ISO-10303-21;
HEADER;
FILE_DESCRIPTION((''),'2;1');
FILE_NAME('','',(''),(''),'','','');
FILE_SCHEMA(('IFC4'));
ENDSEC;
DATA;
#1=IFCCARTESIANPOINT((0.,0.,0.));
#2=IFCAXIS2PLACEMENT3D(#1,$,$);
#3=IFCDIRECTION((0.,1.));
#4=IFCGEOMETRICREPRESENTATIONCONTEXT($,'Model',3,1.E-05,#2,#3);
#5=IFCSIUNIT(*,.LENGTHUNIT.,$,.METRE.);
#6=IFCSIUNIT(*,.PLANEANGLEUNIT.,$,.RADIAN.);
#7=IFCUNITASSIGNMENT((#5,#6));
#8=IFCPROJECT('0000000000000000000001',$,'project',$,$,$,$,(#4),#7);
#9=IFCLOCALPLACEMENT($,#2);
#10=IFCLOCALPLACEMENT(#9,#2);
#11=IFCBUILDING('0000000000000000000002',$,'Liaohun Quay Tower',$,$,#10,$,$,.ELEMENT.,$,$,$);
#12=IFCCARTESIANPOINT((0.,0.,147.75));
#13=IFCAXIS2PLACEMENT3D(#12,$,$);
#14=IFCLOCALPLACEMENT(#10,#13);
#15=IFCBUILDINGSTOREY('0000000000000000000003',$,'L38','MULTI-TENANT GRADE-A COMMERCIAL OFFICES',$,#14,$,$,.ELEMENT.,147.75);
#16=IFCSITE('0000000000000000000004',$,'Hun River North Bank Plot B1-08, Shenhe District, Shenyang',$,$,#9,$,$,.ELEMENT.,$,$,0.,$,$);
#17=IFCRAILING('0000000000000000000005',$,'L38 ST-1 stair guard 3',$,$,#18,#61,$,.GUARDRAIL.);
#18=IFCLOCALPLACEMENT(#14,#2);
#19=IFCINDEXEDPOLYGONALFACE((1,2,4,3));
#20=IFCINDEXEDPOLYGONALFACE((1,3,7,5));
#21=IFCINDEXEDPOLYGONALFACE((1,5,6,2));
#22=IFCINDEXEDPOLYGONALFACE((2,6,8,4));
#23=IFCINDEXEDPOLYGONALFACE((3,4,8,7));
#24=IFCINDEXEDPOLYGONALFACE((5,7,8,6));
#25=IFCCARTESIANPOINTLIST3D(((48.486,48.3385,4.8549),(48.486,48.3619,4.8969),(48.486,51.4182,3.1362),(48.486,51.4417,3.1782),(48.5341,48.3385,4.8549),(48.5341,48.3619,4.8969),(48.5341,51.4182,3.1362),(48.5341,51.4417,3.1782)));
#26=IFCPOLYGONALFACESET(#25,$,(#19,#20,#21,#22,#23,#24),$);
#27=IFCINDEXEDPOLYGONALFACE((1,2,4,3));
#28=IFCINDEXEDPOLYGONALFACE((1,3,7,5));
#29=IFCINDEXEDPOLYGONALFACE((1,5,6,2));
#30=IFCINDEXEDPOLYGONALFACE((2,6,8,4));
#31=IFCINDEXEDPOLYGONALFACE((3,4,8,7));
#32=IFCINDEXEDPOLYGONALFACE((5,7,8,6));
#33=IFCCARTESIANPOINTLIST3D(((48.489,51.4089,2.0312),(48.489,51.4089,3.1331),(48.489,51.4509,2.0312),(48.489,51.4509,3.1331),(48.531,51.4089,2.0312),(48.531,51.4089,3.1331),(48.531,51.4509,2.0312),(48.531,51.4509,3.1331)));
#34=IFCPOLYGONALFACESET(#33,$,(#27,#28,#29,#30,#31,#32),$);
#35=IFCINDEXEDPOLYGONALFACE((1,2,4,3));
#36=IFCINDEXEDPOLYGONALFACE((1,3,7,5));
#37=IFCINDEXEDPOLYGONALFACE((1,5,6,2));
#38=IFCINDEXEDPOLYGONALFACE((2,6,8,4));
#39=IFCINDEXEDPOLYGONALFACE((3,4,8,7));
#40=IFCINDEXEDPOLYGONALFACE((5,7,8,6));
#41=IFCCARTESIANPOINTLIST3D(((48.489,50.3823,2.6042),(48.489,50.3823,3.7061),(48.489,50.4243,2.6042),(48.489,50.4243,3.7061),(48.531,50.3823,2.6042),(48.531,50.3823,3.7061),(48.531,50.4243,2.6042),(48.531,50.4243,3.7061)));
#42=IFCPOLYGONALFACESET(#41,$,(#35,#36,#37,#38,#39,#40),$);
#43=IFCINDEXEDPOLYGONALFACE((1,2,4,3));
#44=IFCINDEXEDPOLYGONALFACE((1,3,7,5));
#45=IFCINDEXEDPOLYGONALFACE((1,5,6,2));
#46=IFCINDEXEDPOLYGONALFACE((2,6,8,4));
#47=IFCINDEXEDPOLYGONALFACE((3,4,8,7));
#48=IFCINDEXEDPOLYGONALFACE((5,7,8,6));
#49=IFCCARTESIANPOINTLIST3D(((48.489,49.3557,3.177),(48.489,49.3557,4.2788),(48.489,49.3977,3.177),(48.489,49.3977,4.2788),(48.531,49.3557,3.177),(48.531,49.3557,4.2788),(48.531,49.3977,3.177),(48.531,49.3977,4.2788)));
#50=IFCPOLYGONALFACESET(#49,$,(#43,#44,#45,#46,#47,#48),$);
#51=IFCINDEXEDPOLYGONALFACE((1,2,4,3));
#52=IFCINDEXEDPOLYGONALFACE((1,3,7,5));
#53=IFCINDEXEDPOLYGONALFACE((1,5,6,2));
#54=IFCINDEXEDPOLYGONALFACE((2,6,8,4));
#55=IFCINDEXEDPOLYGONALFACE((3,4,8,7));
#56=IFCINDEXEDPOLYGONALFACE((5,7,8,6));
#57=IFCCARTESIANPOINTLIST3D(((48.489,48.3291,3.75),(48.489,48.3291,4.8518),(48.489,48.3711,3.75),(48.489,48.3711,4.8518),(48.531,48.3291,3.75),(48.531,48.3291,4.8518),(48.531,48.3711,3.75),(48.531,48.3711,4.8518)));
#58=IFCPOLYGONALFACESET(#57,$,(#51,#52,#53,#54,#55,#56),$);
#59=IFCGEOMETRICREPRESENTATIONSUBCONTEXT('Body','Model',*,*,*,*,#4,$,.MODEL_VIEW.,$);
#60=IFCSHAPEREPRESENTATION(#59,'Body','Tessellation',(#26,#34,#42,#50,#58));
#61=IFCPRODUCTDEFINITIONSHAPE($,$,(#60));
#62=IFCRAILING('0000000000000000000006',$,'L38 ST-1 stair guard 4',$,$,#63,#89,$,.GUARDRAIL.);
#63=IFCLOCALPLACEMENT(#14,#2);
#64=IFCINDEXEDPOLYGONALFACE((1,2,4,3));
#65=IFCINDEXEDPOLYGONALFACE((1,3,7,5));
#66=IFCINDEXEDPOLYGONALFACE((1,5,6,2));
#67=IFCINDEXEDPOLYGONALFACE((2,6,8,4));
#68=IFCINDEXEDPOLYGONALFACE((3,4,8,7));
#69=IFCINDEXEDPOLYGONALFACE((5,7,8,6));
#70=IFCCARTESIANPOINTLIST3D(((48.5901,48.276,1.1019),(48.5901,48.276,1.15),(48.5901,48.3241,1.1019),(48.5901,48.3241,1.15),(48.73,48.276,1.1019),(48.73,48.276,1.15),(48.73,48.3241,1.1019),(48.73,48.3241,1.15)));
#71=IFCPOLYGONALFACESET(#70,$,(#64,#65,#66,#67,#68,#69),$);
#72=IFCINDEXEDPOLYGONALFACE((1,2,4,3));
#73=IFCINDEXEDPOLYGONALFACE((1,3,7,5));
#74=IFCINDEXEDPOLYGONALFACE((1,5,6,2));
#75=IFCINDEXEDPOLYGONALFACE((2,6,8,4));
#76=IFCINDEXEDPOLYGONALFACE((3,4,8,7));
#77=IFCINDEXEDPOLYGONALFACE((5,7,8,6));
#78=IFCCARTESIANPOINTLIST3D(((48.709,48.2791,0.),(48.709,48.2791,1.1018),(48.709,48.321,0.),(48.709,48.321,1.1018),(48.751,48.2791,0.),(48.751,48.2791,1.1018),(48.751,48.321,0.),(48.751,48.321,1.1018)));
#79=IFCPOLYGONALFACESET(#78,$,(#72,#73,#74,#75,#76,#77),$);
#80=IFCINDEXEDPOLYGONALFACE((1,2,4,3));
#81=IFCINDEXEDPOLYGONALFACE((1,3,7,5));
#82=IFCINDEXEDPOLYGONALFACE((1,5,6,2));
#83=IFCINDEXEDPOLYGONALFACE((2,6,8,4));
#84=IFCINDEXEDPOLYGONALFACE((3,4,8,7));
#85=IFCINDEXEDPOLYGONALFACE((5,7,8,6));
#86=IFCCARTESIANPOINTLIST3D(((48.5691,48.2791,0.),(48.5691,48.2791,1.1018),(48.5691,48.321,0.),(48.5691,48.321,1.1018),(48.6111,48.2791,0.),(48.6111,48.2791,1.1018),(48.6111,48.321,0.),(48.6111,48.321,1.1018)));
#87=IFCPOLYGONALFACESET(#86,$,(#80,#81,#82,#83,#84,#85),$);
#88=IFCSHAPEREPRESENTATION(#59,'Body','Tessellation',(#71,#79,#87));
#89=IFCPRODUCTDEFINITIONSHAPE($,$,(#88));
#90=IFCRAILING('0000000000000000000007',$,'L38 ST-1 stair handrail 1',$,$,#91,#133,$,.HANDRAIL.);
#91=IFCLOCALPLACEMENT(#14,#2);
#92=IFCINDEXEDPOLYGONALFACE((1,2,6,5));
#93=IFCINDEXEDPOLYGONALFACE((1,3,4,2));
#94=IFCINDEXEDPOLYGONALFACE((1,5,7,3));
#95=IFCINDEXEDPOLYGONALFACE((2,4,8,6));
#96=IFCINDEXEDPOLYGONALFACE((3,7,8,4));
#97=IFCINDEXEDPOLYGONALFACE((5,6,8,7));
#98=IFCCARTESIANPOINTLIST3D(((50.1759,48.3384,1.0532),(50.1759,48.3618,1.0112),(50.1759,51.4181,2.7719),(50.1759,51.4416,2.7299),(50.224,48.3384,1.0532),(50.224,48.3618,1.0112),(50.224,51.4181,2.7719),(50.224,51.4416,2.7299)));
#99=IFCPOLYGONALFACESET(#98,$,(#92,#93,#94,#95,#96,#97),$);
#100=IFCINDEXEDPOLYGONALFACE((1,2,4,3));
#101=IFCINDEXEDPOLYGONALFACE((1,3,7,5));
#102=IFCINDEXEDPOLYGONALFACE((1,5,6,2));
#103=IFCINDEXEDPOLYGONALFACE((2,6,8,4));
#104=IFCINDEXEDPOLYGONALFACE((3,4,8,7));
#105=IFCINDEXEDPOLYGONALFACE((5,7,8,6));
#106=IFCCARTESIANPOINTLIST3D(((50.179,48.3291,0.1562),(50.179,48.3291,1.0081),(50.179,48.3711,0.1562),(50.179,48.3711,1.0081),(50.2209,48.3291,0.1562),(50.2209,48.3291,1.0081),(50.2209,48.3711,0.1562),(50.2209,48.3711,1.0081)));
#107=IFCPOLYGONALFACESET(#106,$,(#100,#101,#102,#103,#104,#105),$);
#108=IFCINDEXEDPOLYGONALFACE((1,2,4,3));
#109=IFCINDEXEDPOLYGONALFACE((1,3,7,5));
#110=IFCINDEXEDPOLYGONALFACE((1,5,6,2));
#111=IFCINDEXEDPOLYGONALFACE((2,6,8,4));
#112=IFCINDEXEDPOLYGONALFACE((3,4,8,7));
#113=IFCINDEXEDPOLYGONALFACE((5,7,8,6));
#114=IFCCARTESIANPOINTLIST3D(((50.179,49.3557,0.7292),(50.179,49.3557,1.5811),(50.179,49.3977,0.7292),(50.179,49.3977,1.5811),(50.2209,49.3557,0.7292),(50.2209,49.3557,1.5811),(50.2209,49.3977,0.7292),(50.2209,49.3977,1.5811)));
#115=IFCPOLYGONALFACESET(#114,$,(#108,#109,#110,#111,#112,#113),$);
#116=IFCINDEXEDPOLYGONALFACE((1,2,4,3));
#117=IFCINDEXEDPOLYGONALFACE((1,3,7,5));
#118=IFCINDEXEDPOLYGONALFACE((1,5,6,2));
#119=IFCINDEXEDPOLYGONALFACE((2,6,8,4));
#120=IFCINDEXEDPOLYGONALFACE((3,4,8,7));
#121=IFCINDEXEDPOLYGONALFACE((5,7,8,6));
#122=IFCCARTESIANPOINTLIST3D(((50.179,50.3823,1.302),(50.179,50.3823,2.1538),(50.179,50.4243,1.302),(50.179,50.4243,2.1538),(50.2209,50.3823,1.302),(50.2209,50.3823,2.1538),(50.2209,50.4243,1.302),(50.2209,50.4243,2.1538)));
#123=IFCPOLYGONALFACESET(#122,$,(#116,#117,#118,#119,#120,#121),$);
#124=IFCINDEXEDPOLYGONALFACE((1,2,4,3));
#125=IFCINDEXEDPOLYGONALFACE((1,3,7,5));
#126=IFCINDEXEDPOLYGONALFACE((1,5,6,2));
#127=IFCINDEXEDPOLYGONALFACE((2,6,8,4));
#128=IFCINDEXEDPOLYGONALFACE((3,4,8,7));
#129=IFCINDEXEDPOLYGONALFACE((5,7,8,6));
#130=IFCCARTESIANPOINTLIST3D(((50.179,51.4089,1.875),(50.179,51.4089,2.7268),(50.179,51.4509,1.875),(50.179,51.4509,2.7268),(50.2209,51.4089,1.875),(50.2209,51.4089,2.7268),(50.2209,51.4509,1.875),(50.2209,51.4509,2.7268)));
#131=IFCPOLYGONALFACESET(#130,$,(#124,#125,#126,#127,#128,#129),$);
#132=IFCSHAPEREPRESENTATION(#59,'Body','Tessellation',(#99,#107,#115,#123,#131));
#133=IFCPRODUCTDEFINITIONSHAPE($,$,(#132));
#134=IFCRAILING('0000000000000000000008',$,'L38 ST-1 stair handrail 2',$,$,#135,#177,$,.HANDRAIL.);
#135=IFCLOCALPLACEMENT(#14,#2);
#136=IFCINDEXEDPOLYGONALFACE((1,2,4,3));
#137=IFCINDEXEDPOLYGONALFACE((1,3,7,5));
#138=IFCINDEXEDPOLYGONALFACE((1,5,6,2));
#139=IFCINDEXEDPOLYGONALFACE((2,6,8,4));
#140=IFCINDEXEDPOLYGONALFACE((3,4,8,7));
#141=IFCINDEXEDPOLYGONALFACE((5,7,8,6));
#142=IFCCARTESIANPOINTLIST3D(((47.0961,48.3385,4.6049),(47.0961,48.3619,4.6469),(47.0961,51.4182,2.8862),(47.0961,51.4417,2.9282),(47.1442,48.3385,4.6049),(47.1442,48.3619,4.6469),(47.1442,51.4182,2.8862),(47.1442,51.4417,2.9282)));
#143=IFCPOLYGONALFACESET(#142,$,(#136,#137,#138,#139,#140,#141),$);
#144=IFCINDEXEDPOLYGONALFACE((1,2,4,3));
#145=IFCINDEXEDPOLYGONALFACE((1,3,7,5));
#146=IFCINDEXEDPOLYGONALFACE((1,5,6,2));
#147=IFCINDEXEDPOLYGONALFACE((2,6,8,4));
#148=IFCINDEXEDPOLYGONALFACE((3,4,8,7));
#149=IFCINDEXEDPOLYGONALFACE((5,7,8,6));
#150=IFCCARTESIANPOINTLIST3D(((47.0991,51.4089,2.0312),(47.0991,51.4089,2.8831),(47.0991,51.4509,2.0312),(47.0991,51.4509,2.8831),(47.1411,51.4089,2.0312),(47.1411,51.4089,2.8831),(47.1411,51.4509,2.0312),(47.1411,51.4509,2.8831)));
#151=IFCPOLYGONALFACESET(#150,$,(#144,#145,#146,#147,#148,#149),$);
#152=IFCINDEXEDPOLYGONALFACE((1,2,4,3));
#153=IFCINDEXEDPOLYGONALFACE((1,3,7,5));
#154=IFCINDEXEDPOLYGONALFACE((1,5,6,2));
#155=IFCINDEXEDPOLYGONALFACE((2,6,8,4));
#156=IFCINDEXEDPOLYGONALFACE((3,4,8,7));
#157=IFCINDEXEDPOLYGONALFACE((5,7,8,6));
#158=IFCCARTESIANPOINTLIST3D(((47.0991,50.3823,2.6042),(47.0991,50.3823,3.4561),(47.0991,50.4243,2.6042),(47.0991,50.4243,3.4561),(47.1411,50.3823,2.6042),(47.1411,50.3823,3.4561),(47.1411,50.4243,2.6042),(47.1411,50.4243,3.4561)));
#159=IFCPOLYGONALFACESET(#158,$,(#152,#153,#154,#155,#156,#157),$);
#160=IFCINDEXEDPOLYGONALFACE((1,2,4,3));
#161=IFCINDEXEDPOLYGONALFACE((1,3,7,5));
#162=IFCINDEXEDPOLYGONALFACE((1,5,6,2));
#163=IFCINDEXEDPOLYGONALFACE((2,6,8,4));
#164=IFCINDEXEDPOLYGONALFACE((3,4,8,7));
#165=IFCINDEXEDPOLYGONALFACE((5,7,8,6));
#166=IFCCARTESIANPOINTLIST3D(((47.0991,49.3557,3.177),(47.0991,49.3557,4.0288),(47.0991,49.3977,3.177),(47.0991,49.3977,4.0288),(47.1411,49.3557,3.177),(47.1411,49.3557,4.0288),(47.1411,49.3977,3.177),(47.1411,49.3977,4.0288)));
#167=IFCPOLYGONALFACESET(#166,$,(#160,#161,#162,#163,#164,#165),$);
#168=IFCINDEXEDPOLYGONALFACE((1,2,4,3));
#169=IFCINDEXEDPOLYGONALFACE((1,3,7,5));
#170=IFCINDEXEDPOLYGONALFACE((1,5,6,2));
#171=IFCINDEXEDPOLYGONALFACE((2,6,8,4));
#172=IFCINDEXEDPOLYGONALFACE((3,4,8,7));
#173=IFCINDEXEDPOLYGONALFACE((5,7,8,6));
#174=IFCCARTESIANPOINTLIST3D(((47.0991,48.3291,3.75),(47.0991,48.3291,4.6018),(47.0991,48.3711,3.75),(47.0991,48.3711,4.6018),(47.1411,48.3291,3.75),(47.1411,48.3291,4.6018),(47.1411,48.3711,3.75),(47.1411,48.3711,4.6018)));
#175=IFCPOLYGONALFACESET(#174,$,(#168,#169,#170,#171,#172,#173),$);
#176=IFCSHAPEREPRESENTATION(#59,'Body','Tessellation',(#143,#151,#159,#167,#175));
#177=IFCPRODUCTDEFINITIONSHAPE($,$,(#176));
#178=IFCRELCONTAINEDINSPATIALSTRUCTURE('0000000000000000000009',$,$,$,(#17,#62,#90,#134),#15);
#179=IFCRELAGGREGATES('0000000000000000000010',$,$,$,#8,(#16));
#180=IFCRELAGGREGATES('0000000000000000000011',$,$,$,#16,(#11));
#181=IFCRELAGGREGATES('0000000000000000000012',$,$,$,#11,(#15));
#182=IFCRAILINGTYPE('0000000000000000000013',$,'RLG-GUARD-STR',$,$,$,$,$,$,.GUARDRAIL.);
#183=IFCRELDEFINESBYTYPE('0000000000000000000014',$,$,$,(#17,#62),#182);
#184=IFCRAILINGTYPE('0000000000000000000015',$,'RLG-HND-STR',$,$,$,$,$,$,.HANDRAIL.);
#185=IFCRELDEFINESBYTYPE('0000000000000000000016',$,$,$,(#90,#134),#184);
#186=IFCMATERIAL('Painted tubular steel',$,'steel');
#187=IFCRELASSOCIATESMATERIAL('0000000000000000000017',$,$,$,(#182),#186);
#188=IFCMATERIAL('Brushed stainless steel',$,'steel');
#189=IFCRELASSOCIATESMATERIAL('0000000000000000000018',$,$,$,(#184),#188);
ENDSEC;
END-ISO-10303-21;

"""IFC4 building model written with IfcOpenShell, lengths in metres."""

from ifc_helpers import new_model, si_unit, direction, frame, origin, origin_2d, place, context, subcontext, project, spatial, rectangle, extrude, material, type_object, element, save


model = new_model("IFC4")

# Units and contexts
model_context = context("Model", 3, precision=1e-05, world=origin(), true_north=direction((0.0, 1.0)))
body_context = subcontext(model_context, "Body", "Model", "MODEL_VIEW")
ifc_project = project(units=[si_unit("LENGTHUNIT", "METRE"), si_unit("PLANEANGLEUNIT", "RADIAN")], contexts=[model_context])

# Site, building, storey
site_placement = place(None, origin())
site = spatial("IfcSite", under=ifc_project, at=site_placement, Name="Hun River North Bank Plot B1-08, Shenhe District, Shenyang", CompositionType="ELEMENT", RefElevation=0.0)
building_placement = place(site_placement, origin())
building = spatial("IfcBuilding", under=site, at=building_placement, Name="Liaohun Quay Tower", CompositionType="ELEMENT")
storey_placement = place(building_placement, frame((0.0, 0.0, 147.75)))
storey = spatial("IfcBuildingStorey", under=building, at=storey_placement, Name="L38", Description="MULTI-TENANT GRADE-A COMMERCIAL OFFICES", CompositionType="ELEMENT", Elevation=147.75)

# Railings
ifc_material_1 = material(Name="Painted tubular steel", Category="steel")
railing_type_1 = type_object("IfcRailingType", Name="RLG-GUARD-STR", PredefinedType="GUARDRAIL", material=ifc_material_1)
railing_1_placement = place(storey_placement, frame((48.51, 51.4299, 2.0312)))
element("IfcRailing", 1, at=railing_1_placement, inside=storey, type_object=railing_type_1, Name="L38 ST-1 stair guard 3", PredefinedType="GUARDRAIL", context=body_context, shape_type="SweptSolid", body=[
    extrude(rectangle(XDim=0.0481, YDim=0.0481, at=origin_2d()), frame((0.0, 0.0, 1.126), z_axis=(0.0, -0.873225, 0.487317), x_axis=(1.0, 0.0, 0.0)), (0.0, 0.0, 1.0), 3.5269),
    extrude(rectangle(XDim=0.042, YDim=0.042, at=origin_2d()), origin(), (0.0, 0.0, 1.0), 1.1018),
    extrude(rectangle(XDim=0.042, YDim=0.042, at=origin_2d()), frame((0.0, -1.0266, 0.573)), (0.0, 0.0, 1.0), 1.1018),
    extrude(rectangle(XDim=0.042, YDim=0.042, at=origin_2d()), frame((0.0, -2.0532, 1.1458)), (0.0, 0.0, 1.0), 1.1018),
    extrude(rectangle(XDim=0.042, YDim=0.042, at=origin_2d()), frame((0.0, -3.0798, 1.7188)), (0.0, 0.0, 1.0), 1.1018),
])
railing_2_placement = place(storey_placement, frame((48.73, 48.3, 0.0)))
element("IfcRailing", 2, at=railing_2_placement, inside=storey, type_object=railing_type_1, Name="L38 ST-1 stair guard 4", PredefinedType="GUARDRAIL", context=body_context, shape_type="SweptSolid", body=[
    extrude(rectangle(XDim=0.0481, YDim=0.0481, at=origin_2d()), frame((0.0, 0.0, 1.126), z_axis=(-1.0, 0.0, 0.0), x_axis=(0.0, -1.0, 0.0)), (0.0, 0.0, 1.0), 0.1399),
    extrude(rectangle(XDim=0.042, YDim=0.042, at=origin_2d()), origin(), (0.0, 0.0, 1.0), 1.1018),
    extrude(rectangle(XDim=0.042, YDim=0.042, at=origin_2d()), frame((-0.1399, 0.0, 0.0)), (0.0, 0.0, 1.0), 1.1018),
])
ifc_material_2 = material(Name="Brushed stainless steel", Category="steel")
railing_type_2 = type_object("IfcRailingType", Name="RLG-HND-STR", PredefinedType="HANDRAIL", material=ifc_material_2)
railing_3_placement = place(storey_placement, frame((50.2, 48.3501, 0.1562)))
element("IfcRailing", 3, at=railing_3_placement, inside=storey, type_object=railing_type_2, Name="L38 ST-1 stair handrail 1", PredefinedType="HANDRAIL", context=body_context, shape_type="SweptSolid", body=[
    extrude(rectangle(XDim=0.0481, YDim=0.0481, at=origin_2d()), frame((0.0, 0.0, 0.876), z_axis=(0.0, 0.873225, 0.487317), x_axis=(-1.0, 0.0, 0.0)), (0.0, 0.0, 1.0), 3.5269),
    extrude(rectangle(XDim=0.042, YDim=0.042, at=origin_2d()), origin(), (0.0, 0.0, 1.0), 0.8518),
    extrude(rectangle(XDim=0.042, YDim=0.042, at=origin_2d()), frame((0.0, 1.0266, 0.573)), (0.0, 0.0, 1.0), 0.8518),
    extrude(rectangle(XDim=0.042, YDim=0.042, at=origin_2d()), frame((0.0, 2.0532, 1.1458)), (0.0, 0.0, 1.0), 0.8518),
    extrude(rectangle(XDim=0.042, YDim=0.042, at=origin_2d()), frame((0.0, 3.0798, 1.7188)), (0.0, 0.0, 1.0), 0.8518),
])
railing_4_placement = place(storey_placement, frame((47.1201, 51.4299, 2.0312)))
element("IfcRailing", 4, at=railing_4_placement, inside=storey, type_object=railing_type_2, Name="L38 ST-1 stair handrail 2", PredefinedType="HANDRAIL", context=body_context, shape_type="SweptSolid", body=[
    extrude(rectangle(XDim=0.0481, YDim=0.0481, at=origin_2d()), frame((0.0, 0.0, 0.876), z_axis=(0.0, -0.873225, 0.487317), x_axis=(1.0, 0.0, 0.0)), (0.0, 0.0, 1.0), 3.5269),
    extrude(rectangle(XDim=0.042, YDim=0.042, at=origin_2d()), origin(), (0.0, 0.0, 1.0), 0.8518),
    extrude(rectangle(XDim=0.042, YDim=0.042, at=origin_2d()), frame((0.0, -1.0266, 0.573)), (0.0, 0.0, 1.0), 0.8518),
    extrude(rectangle(XDim=0.042, YDim=0.042, at=origin_2d()), frame((0.0, -2.0532, 1.1458)), (0.0, 0.0, 1.0), 0.8518),
    extrude(rectangle(XDim=0.042, YDim=0.042, at=origin_2d()), frame((0.0, -3.0798, 1.7188)), (0.0, 0.0, 1.0), 0.8518),
])

save(model, "model.ifc")
